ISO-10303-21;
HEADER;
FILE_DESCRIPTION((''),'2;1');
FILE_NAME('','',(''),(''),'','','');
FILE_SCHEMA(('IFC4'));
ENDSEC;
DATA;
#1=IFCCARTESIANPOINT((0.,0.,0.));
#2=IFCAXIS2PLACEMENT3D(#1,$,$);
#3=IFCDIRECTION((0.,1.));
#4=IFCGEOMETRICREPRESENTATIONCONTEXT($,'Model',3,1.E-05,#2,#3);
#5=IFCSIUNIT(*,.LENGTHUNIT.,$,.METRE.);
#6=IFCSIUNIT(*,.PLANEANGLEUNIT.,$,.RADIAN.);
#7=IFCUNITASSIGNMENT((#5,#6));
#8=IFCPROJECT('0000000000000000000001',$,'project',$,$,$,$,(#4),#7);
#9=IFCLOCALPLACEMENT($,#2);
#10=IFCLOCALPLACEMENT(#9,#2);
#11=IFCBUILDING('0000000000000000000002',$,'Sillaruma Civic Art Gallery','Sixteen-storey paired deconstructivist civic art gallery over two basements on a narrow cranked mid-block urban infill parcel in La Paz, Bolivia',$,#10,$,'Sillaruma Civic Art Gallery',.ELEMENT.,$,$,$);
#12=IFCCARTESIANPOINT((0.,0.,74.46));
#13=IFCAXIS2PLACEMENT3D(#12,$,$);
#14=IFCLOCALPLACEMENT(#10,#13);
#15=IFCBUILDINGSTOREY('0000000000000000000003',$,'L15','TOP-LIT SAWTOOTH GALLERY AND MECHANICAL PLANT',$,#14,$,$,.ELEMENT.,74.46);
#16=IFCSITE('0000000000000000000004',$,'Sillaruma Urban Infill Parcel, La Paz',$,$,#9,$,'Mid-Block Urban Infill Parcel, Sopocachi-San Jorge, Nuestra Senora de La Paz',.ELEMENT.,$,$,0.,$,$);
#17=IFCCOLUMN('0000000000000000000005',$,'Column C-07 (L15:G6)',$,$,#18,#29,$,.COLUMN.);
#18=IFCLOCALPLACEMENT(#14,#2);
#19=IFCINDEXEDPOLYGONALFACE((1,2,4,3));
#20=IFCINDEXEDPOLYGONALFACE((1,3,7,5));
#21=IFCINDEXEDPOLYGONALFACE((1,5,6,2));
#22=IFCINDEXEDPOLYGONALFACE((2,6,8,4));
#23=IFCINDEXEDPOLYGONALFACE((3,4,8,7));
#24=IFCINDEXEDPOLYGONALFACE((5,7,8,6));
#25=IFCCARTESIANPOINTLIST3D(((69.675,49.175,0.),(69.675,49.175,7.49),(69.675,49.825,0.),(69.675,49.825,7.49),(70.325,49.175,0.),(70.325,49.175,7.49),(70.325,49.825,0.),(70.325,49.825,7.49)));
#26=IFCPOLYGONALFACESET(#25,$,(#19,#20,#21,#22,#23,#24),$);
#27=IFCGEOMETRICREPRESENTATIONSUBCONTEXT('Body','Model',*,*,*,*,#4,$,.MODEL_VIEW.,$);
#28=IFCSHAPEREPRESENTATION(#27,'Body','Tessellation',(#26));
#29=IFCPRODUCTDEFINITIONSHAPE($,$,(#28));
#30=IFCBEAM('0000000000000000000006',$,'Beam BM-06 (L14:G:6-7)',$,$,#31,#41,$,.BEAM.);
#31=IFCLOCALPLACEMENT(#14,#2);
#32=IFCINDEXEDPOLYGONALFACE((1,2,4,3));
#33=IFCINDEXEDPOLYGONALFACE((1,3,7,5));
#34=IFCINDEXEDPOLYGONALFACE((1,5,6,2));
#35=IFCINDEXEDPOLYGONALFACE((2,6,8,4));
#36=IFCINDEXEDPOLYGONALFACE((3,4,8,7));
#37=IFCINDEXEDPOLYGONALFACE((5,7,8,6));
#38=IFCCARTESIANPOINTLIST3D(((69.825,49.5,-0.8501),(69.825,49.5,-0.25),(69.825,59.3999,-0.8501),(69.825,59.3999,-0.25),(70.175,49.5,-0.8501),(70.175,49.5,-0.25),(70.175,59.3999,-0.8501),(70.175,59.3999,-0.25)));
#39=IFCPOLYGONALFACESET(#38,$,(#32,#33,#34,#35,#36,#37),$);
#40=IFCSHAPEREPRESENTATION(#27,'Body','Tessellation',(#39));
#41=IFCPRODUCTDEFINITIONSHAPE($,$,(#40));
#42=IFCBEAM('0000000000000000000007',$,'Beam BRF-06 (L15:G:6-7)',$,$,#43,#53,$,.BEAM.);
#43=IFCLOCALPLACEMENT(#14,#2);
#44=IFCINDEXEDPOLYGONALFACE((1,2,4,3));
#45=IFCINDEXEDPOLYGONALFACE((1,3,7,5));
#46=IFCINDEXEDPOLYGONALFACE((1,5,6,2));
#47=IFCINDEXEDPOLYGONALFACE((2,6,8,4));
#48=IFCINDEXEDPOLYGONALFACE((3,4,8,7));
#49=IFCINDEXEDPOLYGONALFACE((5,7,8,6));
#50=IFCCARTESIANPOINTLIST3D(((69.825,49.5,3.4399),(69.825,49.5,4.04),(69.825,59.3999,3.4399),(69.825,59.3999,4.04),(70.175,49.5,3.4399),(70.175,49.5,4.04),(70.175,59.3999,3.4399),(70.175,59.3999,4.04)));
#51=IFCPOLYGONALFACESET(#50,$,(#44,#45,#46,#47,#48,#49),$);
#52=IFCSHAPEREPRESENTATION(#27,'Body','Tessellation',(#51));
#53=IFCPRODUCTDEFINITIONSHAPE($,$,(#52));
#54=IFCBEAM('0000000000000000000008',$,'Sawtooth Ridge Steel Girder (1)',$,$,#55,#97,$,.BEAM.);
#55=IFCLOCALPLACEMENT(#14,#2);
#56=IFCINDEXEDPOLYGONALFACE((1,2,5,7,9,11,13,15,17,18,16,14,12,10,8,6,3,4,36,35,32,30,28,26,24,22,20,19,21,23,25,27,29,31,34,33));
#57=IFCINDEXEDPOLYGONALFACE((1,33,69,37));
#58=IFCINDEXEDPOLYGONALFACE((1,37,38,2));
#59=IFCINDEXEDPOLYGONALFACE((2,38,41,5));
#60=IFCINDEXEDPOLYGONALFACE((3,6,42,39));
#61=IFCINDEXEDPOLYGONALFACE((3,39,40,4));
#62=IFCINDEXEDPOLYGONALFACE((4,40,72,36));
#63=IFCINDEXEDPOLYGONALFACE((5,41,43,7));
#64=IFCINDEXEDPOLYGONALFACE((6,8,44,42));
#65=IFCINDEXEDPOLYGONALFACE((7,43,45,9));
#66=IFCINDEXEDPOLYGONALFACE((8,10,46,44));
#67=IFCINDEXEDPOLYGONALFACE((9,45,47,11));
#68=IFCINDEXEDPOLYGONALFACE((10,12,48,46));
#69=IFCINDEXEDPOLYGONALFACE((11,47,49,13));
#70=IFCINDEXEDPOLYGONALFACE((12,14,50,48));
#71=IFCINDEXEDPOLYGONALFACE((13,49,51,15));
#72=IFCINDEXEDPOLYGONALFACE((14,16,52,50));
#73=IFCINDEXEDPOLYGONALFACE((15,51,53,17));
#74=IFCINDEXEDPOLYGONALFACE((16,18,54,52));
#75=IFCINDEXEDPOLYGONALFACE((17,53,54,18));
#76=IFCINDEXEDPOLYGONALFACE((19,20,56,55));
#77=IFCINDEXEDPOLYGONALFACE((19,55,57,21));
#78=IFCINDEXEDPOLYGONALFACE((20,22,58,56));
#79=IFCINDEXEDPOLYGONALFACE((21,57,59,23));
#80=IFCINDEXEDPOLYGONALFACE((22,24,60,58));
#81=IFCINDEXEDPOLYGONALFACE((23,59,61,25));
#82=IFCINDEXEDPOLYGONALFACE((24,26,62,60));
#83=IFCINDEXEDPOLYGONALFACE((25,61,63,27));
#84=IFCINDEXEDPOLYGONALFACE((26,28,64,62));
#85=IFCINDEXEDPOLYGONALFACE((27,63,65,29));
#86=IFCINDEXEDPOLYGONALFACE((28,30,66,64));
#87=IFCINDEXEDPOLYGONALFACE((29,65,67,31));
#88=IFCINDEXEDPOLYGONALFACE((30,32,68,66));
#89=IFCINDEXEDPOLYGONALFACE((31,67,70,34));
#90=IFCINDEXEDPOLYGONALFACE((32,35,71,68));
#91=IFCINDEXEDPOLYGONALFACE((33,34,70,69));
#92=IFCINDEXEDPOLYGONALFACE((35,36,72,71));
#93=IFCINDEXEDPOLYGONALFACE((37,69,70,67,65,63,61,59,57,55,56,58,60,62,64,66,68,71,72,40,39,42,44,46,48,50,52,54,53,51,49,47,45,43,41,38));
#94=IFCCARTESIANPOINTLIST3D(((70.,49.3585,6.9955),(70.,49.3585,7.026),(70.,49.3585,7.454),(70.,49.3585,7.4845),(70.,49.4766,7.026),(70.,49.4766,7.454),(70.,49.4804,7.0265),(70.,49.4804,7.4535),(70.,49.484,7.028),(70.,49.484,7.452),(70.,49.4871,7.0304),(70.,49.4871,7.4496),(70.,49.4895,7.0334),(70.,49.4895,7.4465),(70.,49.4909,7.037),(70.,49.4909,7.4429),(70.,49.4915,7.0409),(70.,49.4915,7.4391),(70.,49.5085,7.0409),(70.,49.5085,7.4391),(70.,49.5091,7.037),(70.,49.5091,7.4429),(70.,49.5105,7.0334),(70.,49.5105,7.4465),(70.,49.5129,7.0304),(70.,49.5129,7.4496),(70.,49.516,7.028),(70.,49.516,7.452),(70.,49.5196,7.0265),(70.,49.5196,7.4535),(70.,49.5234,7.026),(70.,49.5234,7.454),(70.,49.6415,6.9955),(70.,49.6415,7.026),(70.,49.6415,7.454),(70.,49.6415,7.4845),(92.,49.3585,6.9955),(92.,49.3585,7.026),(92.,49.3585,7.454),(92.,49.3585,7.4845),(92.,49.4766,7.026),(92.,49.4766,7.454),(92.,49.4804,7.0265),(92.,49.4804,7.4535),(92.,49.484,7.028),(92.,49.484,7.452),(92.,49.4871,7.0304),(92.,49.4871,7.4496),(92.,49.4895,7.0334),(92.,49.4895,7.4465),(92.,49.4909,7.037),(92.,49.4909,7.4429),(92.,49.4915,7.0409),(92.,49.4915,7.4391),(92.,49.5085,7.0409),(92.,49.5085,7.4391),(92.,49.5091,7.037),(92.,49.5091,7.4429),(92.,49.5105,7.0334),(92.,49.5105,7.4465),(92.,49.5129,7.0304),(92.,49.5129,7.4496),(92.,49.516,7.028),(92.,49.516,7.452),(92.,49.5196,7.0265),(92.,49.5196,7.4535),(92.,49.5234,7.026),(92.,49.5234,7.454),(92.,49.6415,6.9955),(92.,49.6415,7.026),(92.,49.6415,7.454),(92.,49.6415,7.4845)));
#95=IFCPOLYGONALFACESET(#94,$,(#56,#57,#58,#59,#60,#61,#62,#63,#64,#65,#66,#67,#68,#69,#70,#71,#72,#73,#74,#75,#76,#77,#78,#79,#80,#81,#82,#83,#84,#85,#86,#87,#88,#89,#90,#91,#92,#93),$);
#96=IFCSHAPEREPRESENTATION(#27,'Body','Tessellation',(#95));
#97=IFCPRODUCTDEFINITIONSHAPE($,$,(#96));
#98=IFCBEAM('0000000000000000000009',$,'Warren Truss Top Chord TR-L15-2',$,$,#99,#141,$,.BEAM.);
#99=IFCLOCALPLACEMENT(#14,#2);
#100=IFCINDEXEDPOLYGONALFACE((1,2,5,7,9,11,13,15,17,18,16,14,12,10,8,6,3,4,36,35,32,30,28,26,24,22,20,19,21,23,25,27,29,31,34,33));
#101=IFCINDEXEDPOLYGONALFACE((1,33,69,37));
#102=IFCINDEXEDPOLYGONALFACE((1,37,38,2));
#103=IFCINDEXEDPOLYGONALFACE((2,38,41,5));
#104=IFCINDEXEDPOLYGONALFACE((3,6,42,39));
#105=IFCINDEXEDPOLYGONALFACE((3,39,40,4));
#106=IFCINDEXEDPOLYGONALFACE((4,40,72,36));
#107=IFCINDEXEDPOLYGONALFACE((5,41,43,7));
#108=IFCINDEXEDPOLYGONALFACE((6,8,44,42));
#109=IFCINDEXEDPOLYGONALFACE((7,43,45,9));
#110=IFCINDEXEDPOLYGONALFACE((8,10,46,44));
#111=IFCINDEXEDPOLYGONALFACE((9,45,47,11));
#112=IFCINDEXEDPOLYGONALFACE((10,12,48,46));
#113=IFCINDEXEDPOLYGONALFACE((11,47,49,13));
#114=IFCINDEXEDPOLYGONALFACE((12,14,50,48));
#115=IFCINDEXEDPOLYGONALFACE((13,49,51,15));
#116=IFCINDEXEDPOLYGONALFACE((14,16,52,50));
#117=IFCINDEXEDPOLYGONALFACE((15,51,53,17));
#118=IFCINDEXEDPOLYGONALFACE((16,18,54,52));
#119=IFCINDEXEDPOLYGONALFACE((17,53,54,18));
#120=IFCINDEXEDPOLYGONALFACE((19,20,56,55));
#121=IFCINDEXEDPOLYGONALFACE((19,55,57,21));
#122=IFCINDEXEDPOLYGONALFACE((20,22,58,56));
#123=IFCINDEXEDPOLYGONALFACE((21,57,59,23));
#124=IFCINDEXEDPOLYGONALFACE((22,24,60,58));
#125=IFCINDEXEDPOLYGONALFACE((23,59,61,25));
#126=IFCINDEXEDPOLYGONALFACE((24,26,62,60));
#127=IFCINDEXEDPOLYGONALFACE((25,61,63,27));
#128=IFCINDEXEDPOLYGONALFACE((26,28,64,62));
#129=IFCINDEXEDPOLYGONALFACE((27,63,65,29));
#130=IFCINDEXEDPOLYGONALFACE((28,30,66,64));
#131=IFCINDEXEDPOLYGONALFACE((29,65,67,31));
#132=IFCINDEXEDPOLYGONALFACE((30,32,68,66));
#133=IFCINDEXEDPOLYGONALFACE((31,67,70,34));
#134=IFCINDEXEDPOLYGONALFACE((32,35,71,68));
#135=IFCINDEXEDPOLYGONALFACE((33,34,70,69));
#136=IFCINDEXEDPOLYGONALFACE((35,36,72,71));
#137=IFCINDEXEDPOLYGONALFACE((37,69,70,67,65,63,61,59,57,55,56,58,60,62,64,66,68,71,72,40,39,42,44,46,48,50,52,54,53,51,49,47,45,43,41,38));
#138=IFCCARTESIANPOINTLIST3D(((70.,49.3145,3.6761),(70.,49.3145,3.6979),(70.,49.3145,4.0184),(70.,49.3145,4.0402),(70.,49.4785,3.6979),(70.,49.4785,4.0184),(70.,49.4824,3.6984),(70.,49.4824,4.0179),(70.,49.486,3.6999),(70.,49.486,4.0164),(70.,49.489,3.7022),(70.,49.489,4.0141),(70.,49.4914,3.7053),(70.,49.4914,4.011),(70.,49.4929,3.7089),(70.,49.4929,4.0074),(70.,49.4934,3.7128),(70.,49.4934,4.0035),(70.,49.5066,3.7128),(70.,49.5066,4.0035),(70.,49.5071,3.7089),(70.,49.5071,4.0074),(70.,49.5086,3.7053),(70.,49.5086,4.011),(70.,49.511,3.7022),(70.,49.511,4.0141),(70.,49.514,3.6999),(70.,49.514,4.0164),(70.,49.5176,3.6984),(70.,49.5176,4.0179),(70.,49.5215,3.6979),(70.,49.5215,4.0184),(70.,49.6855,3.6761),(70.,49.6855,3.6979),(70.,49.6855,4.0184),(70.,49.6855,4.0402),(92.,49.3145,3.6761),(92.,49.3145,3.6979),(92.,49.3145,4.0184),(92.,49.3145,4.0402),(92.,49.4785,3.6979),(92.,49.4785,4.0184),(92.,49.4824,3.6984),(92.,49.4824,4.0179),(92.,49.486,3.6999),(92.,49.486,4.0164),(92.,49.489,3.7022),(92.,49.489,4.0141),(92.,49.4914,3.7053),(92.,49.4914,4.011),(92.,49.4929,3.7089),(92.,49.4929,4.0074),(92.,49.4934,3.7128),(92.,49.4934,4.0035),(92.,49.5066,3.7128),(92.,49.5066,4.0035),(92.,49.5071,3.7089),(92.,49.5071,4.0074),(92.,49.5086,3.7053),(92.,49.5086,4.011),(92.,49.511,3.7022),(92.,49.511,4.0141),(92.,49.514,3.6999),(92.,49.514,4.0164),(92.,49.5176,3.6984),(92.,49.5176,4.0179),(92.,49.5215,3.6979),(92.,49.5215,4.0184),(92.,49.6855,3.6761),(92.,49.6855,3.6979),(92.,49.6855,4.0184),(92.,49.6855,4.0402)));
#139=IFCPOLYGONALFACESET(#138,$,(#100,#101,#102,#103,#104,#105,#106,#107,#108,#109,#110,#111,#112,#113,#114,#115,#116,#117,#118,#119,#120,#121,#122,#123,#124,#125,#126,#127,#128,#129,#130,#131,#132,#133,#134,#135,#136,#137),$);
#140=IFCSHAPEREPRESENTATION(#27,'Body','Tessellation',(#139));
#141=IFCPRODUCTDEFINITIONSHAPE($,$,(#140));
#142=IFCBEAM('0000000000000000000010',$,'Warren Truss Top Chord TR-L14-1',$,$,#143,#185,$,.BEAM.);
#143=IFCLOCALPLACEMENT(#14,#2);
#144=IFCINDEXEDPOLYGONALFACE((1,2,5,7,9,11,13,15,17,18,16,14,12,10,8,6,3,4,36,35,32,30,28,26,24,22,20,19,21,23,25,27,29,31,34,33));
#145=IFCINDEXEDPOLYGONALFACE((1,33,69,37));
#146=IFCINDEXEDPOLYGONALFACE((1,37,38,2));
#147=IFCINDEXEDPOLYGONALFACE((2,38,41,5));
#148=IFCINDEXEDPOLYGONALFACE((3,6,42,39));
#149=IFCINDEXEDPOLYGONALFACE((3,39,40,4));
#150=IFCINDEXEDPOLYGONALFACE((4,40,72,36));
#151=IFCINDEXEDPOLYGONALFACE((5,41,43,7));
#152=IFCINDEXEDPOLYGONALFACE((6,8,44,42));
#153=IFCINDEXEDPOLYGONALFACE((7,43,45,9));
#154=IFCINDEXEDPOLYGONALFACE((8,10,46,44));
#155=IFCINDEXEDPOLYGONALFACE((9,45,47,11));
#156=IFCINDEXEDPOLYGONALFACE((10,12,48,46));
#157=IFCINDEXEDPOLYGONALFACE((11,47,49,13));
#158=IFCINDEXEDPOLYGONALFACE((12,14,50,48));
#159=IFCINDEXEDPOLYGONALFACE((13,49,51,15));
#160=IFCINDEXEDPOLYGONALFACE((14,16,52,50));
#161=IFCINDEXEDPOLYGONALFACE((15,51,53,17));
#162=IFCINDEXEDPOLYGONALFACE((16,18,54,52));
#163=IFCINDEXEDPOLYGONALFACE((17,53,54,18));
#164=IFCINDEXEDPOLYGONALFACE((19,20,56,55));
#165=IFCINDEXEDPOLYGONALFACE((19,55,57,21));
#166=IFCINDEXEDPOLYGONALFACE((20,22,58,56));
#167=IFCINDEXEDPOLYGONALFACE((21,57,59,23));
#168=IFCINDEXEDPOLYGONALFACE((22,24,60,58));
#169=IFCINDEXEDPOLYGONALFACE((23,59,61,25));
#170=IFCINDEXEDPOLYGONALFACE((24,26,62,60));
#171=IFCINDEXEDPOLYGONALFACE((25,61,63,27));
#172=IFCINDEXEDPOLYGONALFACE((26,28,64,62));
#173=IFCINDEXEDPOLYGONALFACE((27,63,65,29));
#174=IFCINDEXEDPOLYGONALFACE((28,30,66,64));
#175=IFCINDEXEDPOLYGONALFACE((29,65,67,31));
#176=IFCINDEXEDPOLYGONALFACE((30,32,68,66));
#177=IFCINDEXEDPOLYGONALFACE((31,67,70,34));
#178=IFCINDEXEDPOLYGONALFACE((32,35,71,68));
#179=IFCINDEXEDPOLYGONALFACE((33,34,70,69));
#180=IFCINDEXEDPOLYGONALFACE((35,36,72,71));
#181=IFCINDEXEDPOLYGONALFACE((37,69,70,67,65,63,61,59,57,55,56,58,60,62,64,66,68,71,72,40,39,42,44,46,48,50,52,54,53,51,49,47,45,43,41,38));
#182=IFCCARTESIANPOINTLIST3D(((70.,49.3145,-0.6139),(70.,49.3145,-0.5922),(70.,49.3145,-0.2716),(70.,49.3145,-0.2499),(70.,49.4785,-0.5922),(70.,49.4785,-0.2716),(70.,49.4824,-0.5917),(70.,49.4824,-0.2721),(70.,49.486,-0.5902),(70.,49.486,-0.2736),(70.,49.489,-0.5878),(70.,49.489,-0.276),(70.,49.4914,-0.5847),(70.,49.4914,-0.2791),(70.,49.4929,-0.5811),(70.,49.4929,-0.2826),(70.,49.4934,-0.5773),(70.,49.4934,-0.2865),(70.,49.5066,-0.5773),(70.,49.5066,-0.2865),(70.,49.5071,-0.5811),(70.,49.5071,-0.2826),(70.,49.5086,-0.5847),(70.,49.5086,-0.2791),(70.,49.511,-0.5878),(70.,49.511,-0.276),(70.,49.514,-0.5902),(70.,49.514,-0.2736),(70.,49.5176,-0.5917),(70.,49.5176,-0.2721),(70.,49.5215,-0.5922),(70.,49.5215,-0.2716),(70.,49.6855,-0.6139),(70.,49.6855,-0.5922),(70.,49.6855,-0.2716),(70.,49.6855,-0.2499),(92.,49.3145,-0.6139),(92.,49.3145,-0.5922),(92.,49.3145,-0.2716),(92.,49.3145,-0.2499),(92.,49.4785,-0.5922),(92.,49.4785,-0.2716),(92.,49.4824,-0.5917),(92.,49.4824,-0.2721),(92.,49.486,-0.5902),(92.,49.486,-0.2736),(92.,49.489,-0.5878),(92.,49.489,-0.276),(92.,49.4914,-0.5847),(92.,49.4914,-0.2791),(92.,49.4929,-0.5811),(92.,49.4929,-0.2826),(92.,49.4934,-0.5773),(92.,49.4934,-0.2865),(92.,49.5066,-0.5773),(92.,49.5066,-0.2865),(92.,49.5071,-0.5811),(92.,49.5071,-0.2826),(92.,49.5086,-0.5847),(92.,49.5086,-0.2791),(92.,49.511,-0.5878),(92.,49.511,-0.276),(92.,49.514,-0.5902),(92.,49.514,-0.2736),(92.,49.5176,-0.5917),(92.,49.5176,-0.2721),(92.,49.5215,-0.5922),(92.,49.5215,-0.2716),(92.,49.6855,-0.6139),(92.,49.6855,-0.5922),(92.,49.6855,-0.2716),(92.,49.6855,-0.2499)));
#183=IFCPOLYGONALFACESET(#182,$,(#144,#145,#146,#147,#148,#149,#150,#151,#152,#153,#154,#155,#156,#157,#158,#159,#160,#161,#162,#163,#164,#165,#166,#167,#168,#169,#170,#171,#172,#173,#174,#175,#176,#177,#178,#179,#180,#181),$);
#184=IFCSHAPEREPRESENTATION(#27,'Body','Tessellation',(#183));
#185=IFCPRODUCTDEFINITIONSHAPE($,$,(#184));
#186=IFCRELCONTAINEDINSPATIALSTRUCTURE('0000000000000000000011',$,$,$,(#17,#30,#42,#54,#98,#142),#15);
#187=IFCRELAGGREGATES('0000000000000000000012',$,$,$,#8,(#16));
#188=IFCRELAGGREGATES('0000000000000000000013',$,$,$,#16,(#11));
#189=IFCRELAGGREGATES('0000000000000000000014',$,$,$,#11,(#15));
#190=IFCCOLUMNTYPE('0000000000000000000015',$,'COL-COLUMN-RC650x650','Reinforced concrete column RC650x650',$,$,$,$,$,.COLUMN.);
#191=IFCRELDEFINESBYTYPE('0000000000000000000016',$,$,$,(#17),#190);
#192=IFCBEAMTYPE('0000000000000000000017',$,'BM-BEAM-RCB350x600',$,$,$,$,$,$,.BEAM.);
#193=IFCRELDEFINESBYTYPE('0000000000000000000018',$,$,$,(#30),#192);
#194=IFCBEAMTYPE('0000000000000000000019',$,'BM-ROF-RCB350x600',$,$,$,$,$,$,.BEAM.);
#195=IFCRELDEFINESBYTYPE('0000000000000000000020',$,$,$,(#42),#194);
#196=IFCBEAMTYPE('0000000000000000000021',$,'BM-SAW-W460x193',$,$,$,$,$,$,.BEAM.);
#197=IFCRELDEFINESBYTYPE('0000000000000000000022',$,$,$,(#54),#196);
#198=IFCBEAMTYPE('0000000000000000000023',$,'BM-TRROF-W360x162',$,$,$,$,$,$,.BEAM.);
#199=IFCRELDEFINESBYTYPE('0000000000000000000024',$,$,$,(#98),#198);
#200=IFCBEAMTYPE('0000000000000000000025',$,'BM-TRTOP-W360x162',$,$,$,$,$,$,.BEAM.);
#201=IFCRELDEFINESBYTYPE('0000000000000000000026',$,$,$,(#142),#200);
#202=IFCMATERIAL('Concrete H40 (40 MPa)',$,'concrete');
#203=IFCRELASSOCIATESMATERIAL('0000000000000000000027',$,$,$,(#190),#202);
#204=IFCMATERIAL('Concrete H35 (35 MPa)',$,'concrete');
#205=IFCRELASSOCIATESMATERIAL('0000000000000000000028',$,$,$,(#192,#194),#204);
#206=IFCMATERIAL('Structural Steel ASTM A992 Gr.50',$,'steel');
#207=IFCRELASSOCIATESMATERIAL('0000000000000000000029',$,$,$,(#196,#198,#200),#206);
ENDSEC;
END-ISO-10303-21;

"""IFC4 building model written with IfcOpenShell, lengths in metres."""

from ifc_helpers import new_model, si_unit, direction, frame, origin, origin_2d, place, context, subcontext, project, spatial, rectangle, i_section, extrude, material, material_profile, profile_set, type_object, element, save


model = new_model("IFC4")

# Units and contexts
model_context = context("Model", 3, precision=1e-05, world=origin(), true_north=direction((0.0, 1.0)))
body_context = subcontext(model_context, "Body", "Model", "MODEL_VIEW")
ifc_project = project(units=[si_unit("LENGTHUNIT", "METRE"), si_unit("PLANEANGLEUNIT", "RADIAN")], contexts=[model_context])

# Site, building, storey
site_placement = place(None, origin())
site = spatial("IfcSite", under=ifc_project, at=site_placement, Name="Sillaruma Urban Infill Parcel, La Paz", LongName="Mid-Block Urban Infill Parcel, Sopocachi-San Jorge, Nuestra Senora de La Paz", CompositionType="ELEMENT", RefElevation=0.0)
building_placement = place(site_placement, origin())
building = spatial("IfcBuilding", under=site, at=building_placement, Name="Sillaruma Civic Art Gallery", Description="Sixteen-storey paired deconstructivist civic art gallery over two basements on a narrow cranked mid-block urban infill parcel in La Paz, Bolivia", LongName="Sillaruma Civic Art Gallery", CompositionType="ELEMENT")
storey_placement = place(building_placement, frame((0.0, 0.0, 74.46)))
storey = spatial("IfcBuildingStorey", under=building, at=storey_placement, Name="L15", Description="TOP-LIT SAWTOOTH GALLERY AND MECHANICAL PLANT", CompositionType="ELEMENT", Elevation=74.46)

# Column
ifc_material_1 = material(Name="Concrete H40 (40 MPa)", Category="concrete")
ifc_material_profile_1 = material_profile(ifc_material_1, rectangle(XDim=0.6499, YDim=0.6499, at=origin_2d()), Name="RC650x650")
ifc_profile_set_1 = profile_set([ifc_material_profile_1], Name="Concrete H40 (40 MPa)")
column_type = type_object("IfcColumnType", Name="COL-COLUMN-RC650x650", Description="Reinforced concrete column RC650x650", PredefinedType="COLUMN", material=ifc_profile_set_1)
column_placement = place(storey_placement, frame((70.0, 49.5, 0.0), z_axis=(0.0, 0.0, 1.0), x_axis=(1.0, 0.0, 0.0)))
element("IfcColumn", 1, at=column_placement, inside=storey, type_object=column_type, Name="Column C-07 (L15:G6)", PredefinedType="COLUMN", context=body_context, shape_type="SweptSolid", body=[
    extrude(rectangle(XDim=0.6499, YDim=0.6499, at=origin_2d()), origin(), (0.0, 0.0, 1.0), 7.49),
])

# Beams
ifc_material_2 = material(Name="Concrete H35 (35 MPa)", Category="concrete")
ifc_material_profile_2 = material_profile(ifc_material_2, rectangle(XDim=0.3501, YDim=0.6001, at=origin_2d()), Name="RCB350x600")
ifc_profile_set_2 = profile_set([ifc_material_profile_2], Name="Concrete H35 (35 MPa)")
beam_type_1 = type_object("IfcBeamType", Name="BM-BEAM-RCB350x600", PredefinedType="BEAM", material=ifc_profile_set_2)
beam_1_placement = place(storey_placement, frame((70.0, 49.5, -0.55), z_axis=(0.0, 1.0, 0.0), x_axis=(-1.0, 0.0, 0.0)))
element("IfcBeam", 2, at=beam_1_placement, inside=storey, type_object=beam_type_1, Name="Beam BM-06 (L14:G:6-7)", PredefinedType="BEAM", context=body_context, shape_type="SweptSolid", body=[
    extrude(rectangle(XDim=0.3501, YDim=0.6001, at=origin_2d()), origin(), (0.0, 0.0, 1.0), 9.8999),
])
ifc_material_profile_3 = material_profile(ifc_material_2, rectangle(XDim=0.3501, YDim=0.6001, at=origin_2d()), Name="RCB350x600")
ifc_profile_set_3 = profile_set([ifc_material_profile_3], Name="Concrete H35 (35 MPa)")
beam_type_2 = type_object("IfcBeamType", Name="BM-ROF-RCB350x600", PredefinedType="BEAM", material=ifc_profile_set_3)
beam_2_placement = place(storey_placement, frame((70.0, 49.5, 3.74), z_axis=(0.0, 1.0, 0.0), x_axis=(-1.0, 0.0, 0.0)))
element("IfcBeam", 3, at=beam_2_placement, inside=storey, type_object=beam_type_2, Name="Beam BRF-06 (L15:G:6-7)", PredefinedType="BEAM", context=body_context, shape_type="SweptSolid", body=[
    extrude(rectangle(XDim=0.3501, YDim=0.6001, at=origin_2d()), origin(), (0.0, 0.0, 1.0), 9.8999),
])
ifc_material_3 = material(Name="Structural Steel ASTM A992 Gr.50", Category="steel")
ifc_material_profile_4 = material_profile(ifc_material_3, i_section(OverallWidth=0.283, OverallDepth=0.489, WebThickness=0.0171, FlangeThickness=0.0305, FilletRadius=0.0149, at=origin_2d()), Name="W460x193")
ifc_profile_set_4 = profile_set([ifc_material_profile_4], Name="Structural Steel ASTM A992 Gr.50")
beam_type_3 = type_object("IfcBeamType", Name="BM-SAW-W460x193", PredefinedType="BEAM", material=ifc_profile_set_4)
beam_3_placement = place(storey_placement, frame((70.0, 49.5, 7.24), z_axis=(1.0, 0.0, 0.0), x_axis=(0.0, 1.0, 0.0)))
element("IfcBeam", 4, at=beam_3_placement, inside=storey, type_object=beam_type_3, Name="Sawtooth Ridge Steel Girder (1)", PredefinedType="BEAM", context=body_context, shape_type="SweptSolid", body=[
    extrude(i_section(OverallWidth=0.283, OverallDepth=0.489, WebThickness=0.0171, FlangeThickness=0.0305, FilletRadius=0.0149, at=origin_2d()), origin(), (0.0, 0.0, 1.0), 22.0),
])
ifc_material_profile_5 = material_profile(ifc_material_3, i_section(OverallWidth=0.3711, OverallDepth=0.364, WebThickness=0.0132, FlangeThickness=0.0217, FilletRadius=0.0149, at=origin_2d()), Name="W360x162")
ifc_profile_set_5 = profile_set([ifc_material_profile_5], Name="Structural Steel ASTM A992 Gr.50")
beam_type_4 = type_object("IfcBeamType", Name="BM-TRROF-W360x162", PredefinedType="BEAM", material=ifc_profile_set_5)
beam_4_placement = place(storey_placement, frame((70.0, 49.5, 3.8582), z_axis=(1.0, 0.0, 0.0), x_axis=(0.0, 1.0, 0.0)))
element("IfcBeam", 5, at=beam_4_placement, inside=storey, type_object=beam_type_4, Name="Warren Truss Top Chord TR-L15-2", PredefinedType="BEAM", context=body_context, shape_type="SweptSolid", body=[
    extrude(i_section(OverallWidth=0.3711, OverallDepth=0.364, WebThickness=0.0132, FlangeThickness=0.0217, FilletRadius=0.0149, at=origin_2d()), origin(), (0.0, 0.0, 1.0), 22.0),
])
ifc_material_profile_6 = material_profile(ifc_material_3, i_section(OverallWidth=0.3711, OverallDepth=0.364, WebThickness=0.0132, FlangeThickness=0.0217, FilletRadius=0.0149, at=origin_2d()), Name="W360x162")
ifc_profile_set_6 = profile_set([ifc_material_profile_6], Name="Structural Steel ASTM A992 Gr.50")
beam_type_5 = type_object("IfcBeamType", Name="BM-TRTOP-W360x162", PredefinedType="BEAM", material=ifc_profile_set_6)
beam_5_placement = place(storey_placement, frame((70.0, 49.5, -0.4319), z_axis=(1.0, 0.0, 0.0), x_axis=(0.0, 1.0, 0.0)))
element("IfcBeam", 6, at=beam_5_placement, inside=storey, type_object=beam_type_5, Name="Warren Truss Top Chord TR-L14-1", PredefinedType="BEAM", context=body_context, shape_type="SweptSolid", body=[
    extrude(i_section(OverallWidth=0.3711, OverallDepth=0.364, WebThickness=0.0132, FlangeThickness=0.0217, FilletRadius=0.0149, at=origin_2d()), origin(), (0.0, 0.0, 1.0), 22.0),
])

save(model, "model.ifc")
